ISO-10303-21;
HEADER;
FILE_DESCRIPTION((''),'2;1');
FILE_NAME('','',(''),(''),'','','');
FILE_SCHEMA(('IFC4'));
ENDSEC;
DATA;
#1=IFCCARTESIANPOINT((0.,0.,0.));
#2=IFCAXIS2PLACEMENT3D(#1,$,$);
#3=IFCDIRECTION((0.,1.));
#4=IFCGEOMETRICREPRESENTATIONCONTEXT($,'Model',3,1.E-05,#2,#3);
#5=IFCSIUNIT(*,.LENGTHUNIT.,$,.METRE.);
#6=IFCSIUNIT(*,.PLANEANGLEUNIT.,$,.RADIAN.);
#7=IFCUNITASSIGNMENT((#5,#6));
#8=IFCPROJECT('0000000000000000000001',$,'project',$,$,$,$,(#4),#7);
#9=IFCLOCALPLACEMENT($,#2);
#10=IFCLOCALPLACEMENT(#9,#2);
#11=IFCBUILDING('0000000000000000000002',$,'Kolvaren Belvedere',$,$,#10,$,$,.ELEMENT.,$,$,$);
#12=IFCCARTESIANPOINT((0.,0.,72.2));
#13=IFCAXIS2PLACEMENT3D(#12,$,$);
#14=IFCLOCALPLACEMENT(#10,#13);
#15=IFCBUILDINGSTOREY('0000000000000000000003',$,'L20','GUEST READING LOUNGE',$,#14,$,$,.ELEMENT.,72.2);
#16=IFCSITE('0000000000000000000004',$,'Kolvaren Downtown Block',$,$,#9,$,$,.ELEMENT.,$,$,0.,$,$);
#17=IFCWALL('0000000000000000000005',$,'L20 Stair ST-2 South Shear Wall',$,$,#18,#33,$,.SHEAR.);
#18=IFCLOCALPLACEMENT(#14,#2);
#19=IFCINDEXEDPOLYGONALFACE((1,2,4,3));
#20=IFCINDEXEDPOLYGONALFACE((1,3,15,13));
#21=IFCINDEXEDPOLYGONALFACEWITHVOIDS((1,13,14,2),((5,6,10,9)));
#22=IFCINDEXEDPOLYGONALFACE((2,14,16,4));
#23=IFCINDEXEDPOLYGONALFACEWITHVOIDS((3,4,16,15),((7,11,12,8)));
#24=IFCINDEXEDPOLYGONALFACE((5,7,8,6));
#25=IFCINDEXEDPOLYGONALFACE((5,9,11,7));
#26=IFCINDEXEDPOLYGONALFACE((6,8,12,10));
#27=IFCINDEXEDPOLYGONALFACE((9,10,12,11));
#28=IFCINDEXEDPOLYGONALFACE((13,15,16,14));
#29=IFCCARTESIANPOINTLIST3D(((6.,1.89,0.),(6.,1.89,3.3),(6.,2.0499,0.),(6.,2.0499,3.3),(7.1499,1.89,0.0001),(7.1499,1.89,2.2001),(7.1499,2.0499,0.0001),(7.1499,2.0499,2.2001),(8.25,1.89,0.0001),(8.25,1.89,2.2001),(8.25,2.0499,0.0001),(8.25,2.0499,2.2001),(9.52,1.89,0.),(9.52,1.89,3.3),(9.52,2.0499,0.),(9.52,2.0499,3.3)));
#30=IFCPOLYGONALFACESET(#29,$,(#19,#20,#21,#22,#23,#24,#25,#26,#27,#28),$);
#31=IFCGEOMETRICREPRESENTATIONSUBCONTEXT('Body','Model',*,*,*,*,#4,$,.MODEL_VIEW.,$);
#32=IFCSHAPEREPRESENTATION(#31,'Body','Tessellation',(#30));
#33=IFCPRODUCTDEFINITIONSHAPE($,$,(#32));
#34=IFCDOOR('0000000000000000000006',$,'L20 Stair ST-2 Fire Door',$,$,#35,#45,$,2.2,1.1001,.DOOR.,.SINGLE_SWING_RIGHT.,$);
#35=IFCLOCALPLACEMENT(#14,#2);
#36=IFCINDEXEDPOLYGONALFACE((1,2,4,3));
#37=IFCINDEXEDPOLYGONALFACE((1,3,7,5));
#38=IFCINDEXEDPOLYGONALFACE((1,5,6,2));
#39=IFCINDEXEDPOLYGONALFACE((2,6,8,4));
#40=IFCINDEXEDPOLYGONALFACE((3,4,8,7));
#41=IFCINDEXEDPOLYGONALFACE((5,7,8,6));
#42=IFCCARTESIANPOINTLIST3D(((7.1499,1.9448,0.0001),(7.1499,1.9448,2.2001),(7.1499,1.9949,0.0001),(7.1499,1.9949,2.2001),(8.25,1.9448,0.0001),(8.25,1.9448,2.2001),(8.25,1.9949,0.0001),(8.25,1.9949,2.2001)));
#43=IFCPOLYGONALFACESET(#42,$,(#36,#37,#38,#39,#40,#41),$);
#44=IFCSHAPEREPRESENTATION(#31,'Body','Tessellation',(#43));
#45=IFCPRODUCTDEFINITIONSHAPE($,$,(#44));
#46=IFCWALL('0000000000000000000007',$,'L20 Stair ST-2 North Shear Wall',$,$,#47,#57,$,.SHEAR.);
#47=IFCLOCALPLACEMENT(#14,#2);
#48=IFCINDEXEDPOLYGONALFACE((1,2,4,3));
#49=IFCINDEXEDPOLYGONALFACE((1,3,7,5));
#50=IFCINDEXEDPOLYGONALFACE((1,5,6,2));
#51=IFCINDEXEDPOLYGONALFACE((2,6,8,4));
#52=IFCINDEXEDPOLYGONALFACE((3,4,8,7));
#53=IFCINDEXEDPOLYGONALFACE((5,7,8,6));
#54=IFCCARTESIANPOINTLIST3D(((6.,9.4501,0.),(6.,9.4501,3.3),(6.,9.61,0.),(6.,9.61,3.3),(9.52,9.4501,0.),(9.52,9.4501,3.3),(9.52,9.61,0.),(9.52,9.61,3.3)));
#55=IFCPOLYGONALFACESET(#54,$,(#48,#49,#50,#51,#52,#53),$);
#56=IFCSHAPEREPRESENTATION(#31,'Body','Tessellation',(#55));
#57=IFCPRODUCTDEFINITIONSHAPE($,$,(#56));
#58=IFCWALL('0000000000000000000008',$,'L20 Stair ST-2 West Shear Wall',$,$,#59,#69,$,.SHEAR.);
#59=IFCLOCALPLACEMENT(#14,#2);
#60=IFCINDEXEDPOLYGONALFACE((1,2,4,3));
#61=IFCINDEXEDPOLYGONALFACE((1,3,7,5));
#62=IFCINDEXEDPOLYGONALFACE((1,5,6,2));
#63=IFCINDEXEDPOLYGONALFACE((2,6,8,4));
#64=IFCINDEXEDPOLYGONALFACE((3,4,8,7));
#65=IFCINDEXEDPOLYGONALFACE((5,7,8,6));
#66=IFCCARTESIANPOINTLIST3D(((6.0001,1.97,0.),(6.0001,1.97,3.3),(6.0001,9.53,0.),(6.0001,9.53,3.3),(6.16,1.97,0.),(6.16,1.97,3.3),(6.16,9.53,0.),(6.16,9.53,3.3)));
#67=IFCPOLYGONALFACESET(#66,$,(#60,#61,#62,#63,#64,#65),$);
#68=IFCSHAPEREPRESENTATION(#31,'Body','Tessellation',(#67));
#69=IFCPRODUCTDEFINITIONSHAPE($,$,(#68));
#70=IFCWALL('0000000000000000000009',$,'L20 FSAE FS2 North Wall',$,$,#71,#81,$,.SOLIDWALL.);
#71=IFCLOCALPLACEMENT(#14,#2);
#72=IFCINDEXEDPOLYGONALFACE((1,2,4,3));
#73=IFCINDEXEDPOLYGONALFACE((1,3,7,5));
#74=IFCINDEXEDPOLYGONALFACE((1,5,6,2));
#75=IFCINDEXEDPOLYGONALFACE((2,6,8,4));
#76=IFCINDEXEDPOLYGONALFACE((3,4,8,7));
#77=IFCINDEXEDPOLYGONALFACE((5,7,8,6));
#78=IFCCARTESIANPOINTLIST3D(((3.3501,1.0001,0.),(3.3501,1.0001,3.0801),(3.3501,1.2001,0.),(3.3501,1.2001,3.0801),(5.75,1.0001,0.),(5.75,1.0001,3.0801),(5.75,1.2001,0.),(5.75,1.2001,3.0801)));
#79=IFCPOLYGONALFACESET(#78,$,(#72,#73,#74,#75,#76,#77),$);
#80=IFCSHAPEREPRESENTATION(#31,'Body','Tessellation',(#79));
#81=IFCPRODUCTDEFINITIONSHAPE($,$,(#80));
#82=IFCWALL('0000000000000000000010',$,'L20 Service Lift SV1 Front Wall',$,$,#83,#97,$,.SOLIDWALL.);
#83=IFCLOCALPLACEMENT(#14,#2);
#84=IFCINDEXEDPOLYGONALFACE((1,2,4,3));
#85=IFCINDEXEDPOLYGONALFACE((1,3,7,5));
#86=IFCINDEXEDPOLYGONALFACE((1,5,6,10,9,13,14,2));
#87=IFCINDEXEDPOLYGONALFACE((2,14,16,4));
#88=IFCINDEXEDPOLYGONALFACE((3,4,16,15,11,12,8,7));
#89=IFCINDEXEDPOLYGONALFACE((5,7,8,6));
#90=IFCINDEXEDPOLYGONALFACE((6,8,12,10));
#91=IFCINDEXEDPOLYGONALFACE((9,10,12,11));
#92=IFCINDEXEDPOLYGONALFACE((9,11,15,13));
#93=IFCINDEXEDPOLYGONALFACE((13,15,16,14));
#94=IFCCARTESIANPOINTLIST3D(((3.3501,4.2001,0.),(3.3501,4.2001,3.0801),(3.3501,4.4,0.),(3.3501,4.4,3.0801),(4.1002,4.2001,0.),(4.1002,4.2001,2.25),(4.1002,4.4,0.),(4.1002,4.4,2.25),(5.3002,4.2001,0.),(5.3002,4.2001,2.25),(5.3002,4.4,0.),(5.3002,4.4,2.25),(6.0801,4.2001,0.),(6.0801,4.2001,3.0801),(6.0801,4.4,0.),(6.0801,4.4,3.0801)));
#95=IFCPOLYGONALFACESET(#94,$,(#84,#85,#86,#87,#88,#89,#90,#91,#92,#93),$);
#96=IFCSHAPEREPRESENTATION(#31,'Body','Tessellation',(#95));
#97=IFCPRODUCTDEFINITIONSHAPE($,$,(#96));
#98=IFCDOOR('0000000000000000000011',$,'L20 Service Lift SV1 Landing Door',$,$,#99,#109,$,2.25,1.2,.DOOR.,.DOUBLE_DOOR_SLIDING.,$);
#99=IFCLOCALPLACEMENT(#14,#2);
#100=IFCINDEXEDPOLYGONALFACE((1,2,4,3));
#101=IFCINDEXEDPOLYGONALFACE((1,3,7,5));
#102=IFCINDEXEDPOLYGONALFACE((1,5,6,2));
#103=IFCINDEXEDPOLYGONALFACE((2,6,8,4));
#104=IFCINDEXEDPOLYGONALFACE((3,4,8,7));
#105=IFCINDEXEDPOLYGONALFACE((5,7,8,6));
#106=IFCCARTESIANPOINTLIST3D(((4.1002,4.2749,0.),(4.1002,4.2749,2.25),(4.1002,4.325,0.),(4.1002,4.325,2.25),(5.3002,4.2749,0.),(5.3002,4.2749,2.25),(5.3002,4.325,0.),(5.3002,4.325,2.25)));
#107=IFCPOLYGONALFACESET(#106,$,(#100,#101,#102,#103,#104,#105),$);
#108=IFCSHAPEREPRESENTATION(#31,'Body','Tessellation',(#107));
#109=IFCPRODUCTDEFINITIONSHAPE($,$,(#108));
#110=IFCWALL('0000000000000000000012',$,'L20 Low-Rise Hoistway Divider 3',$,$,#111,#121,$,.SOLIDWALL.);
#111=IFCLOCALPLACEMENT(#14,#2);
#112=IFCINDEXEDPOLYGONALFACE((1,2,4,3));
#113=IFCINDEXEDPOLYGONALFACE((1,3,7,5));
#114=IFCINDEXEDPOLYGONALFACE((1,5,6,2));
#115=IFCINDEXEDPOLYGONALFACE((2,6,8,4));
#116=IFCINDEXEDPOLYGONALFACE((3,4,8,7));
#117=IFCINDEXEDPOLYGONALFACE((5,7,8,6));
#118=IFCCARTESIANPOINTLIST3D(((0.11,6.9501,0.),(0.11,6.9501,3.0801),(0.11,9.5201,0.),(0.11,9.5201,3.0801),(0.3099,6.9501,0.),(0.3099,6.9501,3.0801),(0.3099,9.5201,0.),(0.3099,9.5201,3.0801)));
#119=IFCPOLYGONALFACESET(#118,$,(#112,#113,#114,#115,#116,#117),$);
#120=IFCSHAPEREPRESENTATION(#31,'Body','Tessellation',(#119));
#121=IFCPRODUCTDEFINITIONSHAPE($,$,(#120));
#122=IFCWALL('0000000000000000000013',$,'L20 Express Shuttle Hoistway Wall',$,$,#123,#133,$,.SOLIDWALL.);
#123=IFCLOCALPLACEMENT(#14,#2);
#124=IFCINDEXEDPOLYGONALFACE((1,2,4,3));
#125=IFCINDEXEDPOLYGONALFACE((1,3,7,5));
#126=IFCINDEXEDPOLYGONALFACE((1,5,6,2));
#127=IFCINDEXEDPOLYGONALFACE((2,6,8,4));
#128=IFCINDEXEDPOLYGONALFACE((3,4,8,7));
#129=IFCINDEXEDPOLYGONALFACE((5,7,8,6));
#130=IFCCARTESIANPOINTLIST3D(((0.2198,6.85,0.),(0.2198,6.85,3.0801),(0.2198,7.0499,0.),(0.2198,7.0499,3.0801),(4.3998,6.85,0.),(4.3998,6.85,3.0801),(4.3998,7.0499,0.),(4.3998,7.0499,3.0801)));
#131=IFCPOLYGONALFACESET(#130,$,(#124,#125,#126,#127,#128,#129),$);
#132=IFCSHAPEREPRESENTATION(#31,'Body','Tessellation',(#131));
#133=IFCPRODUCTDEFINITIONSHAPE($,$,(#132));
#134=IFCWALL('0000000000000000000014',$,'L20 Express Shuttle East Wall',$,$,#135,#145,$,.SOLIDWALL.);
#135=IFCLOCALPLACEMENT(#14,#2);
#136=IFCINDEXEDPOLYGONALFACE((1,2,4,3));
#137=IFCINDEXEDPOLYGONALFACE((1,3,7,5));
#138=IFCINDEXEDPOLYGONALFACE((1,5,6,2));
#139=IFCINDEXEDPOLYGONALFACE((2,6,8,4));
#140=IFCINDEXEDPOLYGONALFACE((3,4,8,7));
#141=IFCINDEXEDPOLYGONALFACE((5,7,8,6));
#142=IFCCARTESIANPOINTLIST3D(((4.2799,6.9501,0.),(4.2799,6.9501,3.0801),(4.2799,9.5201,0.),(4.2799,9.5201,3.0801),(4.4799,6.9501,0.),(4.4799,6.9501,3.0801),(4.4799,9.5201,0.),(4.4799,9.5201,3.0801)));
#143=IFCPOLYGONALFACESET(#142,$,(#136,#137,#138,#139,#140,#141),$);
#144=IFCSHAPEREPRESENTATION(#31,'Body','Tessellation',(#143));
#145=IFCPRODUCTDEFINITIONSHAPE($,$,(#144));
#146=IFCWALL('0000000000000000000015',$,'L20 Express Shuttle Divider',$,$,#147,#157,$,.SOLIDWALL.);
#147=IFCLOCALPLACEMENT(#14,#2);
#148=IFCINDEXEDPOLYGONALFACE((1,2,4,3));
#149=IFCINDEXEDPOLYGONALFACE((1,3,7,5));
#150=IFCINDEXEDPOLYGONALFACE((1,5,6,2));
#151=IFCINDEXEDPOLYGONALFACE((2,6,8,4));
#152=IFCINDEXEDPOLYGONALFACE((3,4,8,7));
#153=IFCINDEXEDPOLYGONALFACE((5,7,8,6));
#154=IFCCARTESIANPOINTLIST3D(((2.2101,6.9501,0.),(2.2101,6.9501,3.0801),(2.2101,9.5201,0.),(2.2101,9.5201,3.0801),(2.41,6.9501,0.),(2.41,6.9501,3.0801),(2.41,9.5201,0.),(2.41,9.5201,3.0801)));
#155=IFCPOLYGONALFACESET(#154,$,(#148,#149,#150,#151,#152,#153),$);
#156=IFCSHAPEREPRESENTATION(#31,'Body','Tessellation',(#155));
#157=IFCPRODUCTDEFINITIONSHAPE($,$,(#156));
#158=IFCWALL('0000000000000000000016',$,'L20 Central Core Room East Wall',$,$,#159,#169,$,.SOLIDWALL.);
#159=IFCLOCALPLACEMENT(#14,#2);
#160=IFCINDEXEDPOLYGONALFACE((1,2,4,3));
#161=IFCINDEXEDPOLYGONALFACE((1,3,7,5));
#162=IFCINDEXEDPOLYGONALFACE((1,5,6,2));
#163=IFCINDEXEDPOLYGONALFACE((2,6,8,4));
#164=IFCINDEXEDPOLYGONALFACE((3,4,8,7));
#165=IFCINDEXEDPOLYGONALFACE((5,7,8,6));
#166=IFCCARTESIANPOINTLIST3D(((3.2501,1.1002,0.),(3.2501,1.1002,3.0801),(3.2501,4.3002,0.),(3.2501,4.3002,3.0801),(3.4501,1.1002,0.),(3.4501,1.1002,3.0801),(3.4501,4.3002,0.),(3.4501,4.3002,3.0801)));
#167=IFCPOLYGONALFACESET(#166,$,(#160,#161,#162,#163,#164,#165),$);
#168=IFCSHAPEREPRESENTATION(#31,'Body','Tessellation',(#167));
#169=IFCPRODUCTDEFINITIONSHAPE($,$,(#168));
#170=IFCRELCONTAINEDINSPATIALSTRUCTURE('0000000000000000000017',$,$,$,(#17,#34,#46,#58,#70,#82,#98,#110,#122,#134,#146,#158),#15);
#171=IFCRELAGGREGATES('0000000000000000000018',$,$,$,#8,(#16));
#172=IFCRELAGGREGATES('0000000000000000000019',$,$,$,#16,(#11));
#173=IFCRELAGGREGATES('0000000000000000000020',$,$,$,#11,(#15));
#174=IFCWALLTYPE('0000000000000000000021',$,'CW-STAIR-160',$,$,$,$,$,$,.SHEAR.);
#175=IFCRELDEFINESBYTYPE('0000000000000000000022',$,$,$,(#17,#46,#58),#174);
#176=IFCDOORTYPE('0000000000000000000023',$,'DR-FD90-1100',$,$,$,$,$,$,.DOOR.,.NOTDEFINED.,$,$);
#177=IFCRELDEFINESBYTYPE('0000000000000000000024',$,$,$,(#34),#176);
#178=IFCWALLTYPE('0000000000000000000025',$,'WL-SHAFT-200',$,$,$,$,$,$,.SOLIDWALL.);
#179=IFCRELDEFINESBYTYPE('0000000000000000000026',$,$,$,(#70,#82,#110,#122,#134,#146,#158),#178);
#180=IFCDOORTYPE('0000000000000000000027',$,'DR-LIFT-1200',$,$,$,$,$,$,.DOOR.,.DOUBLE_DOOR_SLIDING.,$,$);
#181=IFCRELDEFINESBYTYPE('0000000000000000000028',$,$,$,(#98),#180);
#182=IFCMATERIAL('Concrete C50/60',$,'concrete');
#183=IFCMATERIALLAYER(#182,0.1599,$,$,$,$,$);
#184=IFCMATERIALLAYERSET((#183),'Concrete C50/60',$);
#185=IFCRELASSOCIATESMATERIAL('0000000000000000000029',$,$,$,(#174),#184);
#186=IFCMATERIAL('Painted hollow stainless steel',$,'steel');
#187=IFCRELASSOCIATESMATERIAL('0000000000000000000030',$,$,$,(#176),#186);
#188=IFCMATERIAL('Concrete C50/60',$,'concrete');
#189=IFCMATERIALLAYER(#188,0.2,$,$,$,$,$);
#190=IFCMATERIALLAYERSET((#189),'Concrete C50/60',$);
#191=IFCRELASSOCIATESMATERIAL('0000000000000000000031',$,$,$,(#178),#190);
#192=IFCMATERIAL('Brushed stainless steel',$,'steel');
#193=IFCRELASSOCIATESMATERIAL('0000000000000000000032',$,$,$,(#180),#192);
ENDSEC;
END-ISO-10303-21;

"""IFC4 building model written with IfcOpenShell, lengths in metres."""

from ifc_helpers import new_model, si_unit, direction, frame, frame_2d, origin, place, context, subcontext, project, spatial, rectangle, extrude, material, layer, layer_set, type_object, element, fill, save


model = new_model("IFC4")

# Units and contexts
model_context = context("Model", 3, precision=1e-05, world=origin(), true_north=direction((0.0, 1.0)))
body_context = subcontext(model_context, "Body", "Model", "MODEL_VIEW")
ifc_project = project(units=[si_unit("LENGTHUNIT", "METRE"), si_unit("PLANEANGLEUNIT", "RADIAN")], contexts=[model_context])

# Site, building, storey
site_placement = place(None, origin())
site = spatial("IfcSite", under=ifc_project, at=site_placement, Name="Kolvaren Downtown Block", CompositionType="ELEMENT", RefElevation=0.0)
building_placement = place(site_placement, origin())
building = spatial("IfcBuilding", under=site, at=building_placement, Name="Kolvaren Belvedere", CompositionType="ELEMENT")
storey_placement = place(building_placement, frame((0.0, 0.0, 72.2)))
storey = spatial("IfcBuildingStorey", under=building, at=storey_placement, Name="L20", Description="GUEST READING LOUNGE", CompositionType="ELEMENT", Elevation=72.2)

# Wall, opening, door
ifc_material_1 = material(Name="Concrete C50/60", Category="concrete")
ifc_layer_1 = layer(ifc_material_1, 0.1599)
ifc_layer_set_1 = layer_set([ifc_layer_1], Name="Concrete C50/60")
wall_type_1 = type_object("IfcWallType", Name="CW-STAIR-160", PredefinedType="SHEAR", material=ifc_layer_set_1)
wall_1_placement = place(storey_placement, frame((6.0, 1.97, 0.0), z_axis=(0.0, 0.0, 1.0), x_axis=(1.0, 0.0, 0.0)))
wall_1 = element("IfcWall", 1, at=wall_1_placement, inside=storey, type_object=wall_type_1, Name="L20 Stair ST-2 South Shear Wall", PredefinedType="SHEAR", context=body_context, shape_type="SweptSolid", body=[
    extrude(rectangle(XDim=3.52, YDim=0.1599, at=frame_2d((1.76, 0.0))), origin(), (0.0, 0.0, 1.0), 3.3),
])
opening_1_placement = place(wall_1_placement, frame((1.1499, 0.0, 0.0)))
opening_1 = element("IfcOpeningElement", 2, at=opening_1_placement, cuts=wall_1, PredefinedType="OPENING", context=body_context, shape_type="SweptSolid", body=[
    extrude(rectangle(XDim=1.1001, YDim=2.2, at=frame_2d((0.55, 1.1001))), frame((0.0, 0.0898, 0.0), z_axis=(0.0, -1.0, 0.0), x_axis=(1.0, 0.0, 0.0)), (0.0, 0.0, 1.0), 0.1799),
])
ifc_material_2 = material(Name="Painted hollow stainless steel", Category="steel")
door_type_1 = type_object("IfcDoorType", Name="DR-FD90-1100", OperationType="NOTDEFINED", PredefinedType="DOOR", material=ifc_material_2)
door_1_placement = place(opening_1_placement, origin())
door_1 = element("IfcDoor", 3, at=door_1_placement, inside=storey, type_object=door_type_1, Name="L20 Stair ST-2 Fire Door", OperationType="SINGLE_SWING_RIGHT", OverallHeight=2.2, OverallWidth=1.1001, PredefinedType="DOOR", context=body_context, shape_type="SweptSolid", body=[
    extrude(rectangle(XDim=1.1001, YDim=2.2, at=frame_2d((0.55, 1.1001))), frame((0.0, 0.0249, 0.0), z_axis=(0.0, -1.0, 0.0), x_axis=(1.0, 0.0, 0.0)), (0.0, 0.0, 1.0), 0.05),
])
fill(opening_1, door_1)

# Walls
wall_2_placement = place(storey_placement, frame((6.0, 9.53, 0.0), z_axis=(0.0, 0.0, 1.0), x_axis=(1.0, 0.0, 0.0)))
element("IfcWall", 4, at=wall_2_placement, inside=storey, type_object=wall_type_1, Name="L20 Stair ST-2 North Shear Wall", PredefinedType="SHEAR", context=body_context, shape_type="SweptSolid", body=[
    extrude(rectangle(XDim=3.52, YDim=0.1599, at=frame_2d((1.76, 0.0))), origin(), (0.0, 0.0, 1.0), 3.3),
])
wall_3_placement = place(storey_placement, frame((6.0801, 1.97, 0.0), z_axis=(0.0, 0.0, 1.0), x_axis=(0.0, 1.0, 0.0)))
element("IfcWall", 5, at=wall_3_placement, inside=storey, type_object=wall_type_1, Name="L20 Stair ST-2 West Shear Wall", PredefinedType="SHEAR", context=body_context, shape_type="SweptSolid", body=[
    extrude(rectangle(XDim=7.5601, YDim=0.1599, at=frame_2d((3.78, 0.0))), origin(), (0.0, 0.0, 1.0), 3.3),
])
ifc_material_3 = material(Name="Concrete C50/60", Category="concrete")
ifc_layer_2 = layer(ifc_material_3, 0.2)
ifc_layer_set_2 = layer_set([ifc_layer_2], Name="Concrete C50/60")
wall_type_2 = type_object("IfcWallType", Name="WL-SHAFT-200", PredefinedType="SOLIDWALL", material=ifc_layer_set_2)
wall_4_placement = place(storey_placement, frame((3.3501, 1.1001, 0.0), z_axis=(0.0, 0.0, 1.0), x_axis=(1.0, 0.0, 0.0)))
element("IfcWall", 6, at=wall_4_placement, inside=storey, type_object=wall_type_2, Name="L20 FSAE FS2 North Wall", PredefinedType="SOLIDWALL", context=body_context, shape_type="SweptSolid", body=[
    extrude(rectangle(XDim=2.3999, YDim=0.2, at=frame_2d((1.2, 0.0))), origin(), (0.0, 0.0, 1.0), 3.0801),
])

# Wall, opening, door
wall_5_placement = place(storey_placement, frame((3.3501, 4.3, 0.0), z_axis=(0.0, 0.0, 1.0), x_axis=(1.0, 0.0, 0.0)))
wall_5 = element("IfcWall", 7, at=wall_5_placement, inside=storey, type_object=wall_type_2, Name="L20 Service Lift SV1 Front Wall", PredefinedType="SOLIDWALL", context=body_context, shape_type="SweptSolid", body=[
    extrude(rectangle(XDim=2.73, YDim=0.2, at=frame_2d((1.365, 0.0))), origin(), (0.0, 0.0, 1.0), 3.0801),
])
opening_2_placement = place(wall_5_placement, frame((0.75, 0.0, 0.0)))
opening_2 = element("IfcOpeningElement", 8, at=opening_2_placement, cuts=wall_5, PredefinedType="OPENING", context=body_context, shape_type="SweptSolid", body=[
    extrude(rectangle(XDim=1.2, YDim=2.25, at=frame_2d((0.6001, 1.125))), frame((0.0, 0.1099, 0.0), z_axis=(0.0, -1.0, 0.0), x_axis=(1.0, 0.0, 0.0)), (0.0, 0.0, 1.0), 0.22),
])
ifc_material_4 = material(Name="Brushed stainless steel", Category="steel")
door_type_2 = type_object("IfcDoorType", Name="DR-LIFT-1200", OperationType="DOUBLE_DOOR_SLIDING", PredefinedType="DOOR", material=ifc_material_4)
door_2_placement = place(opening_2_placement, origin())
door_2 = element("IfcDoor", 9, at=door_2_placement, inside=storey, type_object=door_type_2, Name="L20 Service Lift SV1 Landing Door", OperationType="DOUBLE_DOOR_SLIDING", OverallHeight=2.25, OverallWidth=1.2, PredefinedType="DOOR", context=body_context, shape_type="SweptSolid", body=[
    extrude(rectangle(XDim=1.2, YDim=2.25, at=frame_2d((0.6001, 1.125))), frame((0.0, 0.0249, 0.0), z_axis=(0.0, -1.0, 0.0), x_axis=(1.0, 0.0, 0.0)), (0.0, 0.0, 1.0), 0.05),
])
fill(opening_2, door_2)

# Walls
wall_6_placement = place(storey_placement, frame((0.21, 6.95, 0.0), z_axis=(0.0, 0.0, 1.0), x_axis=(0.0, 1.0, 0.0)))
element("IfcWall", 10, at=wall_6_placement, inside=storey, type_object=wall_type_2, Name="L20 Low-Rise Hoistway Divider 3", PredefinedType="SOLIDWALL", context=body_context, shape_type="SweptSolid", body=[
    extrude(rectangle(XDim=2.5701, YDim=0.2, at=frame_2d((1.2852, 0.0))), origin(), (0.0, 0.0, 1.0), 3.0801),
])
wall_7_placement = place(storey_placement, frame((0.22, 6.95, 0.0), z_axis=(0.0, 0.0, 1.0), x_axis=(1.0, 0.0, 0.0)))
element("IfcWall", 11, at=wall_7_placement, inside=storey, type_object=wall_type_2, Name="L20 Express Shuttle Hoistway Wall", PredefinedType="SOLIDWALL", context=body_context, shape_type="SweptSolid", body=[
    extrude(rectangle(XDim=4.1799, YDim=0.2, at=frame_2d((2.0898, 0.0))), origin(), (0.0, 0.0, 1.0), 3.0801),
])
for number, where, z_axis, x_axis, name in (
    (12, (4.3799, 6.95, 0.0), (0.0, 0.0, 1.0), (0.0, 1.0, 0.0), "L20 Express Shuttle East Wall"),
    (13, (2.3101, 6.95, 0.0), (0.0, 0.0, 1.0), (0.0, 1.0, 0.0), "L20 Express Shuttle Divider"),
):
    element("IfcWall", number, at=place(storey_placement, frame(where, z_axis=z_axis, x_axis=x_axis)), inside=storey, type_object=wall_type_2, Name=name, PredefinedType="SOLIDWALL", context=body_context, shape_type="SweptSolid", body=[
        extrude(rectangle(XDim=2.5701, YDim=0.2, at=frame_2d((1.2852, 0.0))), origin(), (0.0, 0.0, 1.0), 3.0801),
    ])
wall_8_placement = place(storey_placement, frame((3.3501, 1.1001, 0.0), z_axis=(0.0, 0.0, 1.0), x_axis=(0.0, 1.0, 0.0)))
element("IfcWall", 14, at=wall_8_placement, inside=storey, type_object=wall_type_2, Name="L20 Central Core Room East Wall", PredefinedType="SOLIDWALL", context=body_context, shape_type="SweptSolid", body=[
    extrude(rectangle(XDim=3.2, YDim=0.2, at=frame_2d((1.6001, 0.0))), origin(), (0.0, 0.0, 1.0), 3.0801),
])

save(model, "model.ifc")
